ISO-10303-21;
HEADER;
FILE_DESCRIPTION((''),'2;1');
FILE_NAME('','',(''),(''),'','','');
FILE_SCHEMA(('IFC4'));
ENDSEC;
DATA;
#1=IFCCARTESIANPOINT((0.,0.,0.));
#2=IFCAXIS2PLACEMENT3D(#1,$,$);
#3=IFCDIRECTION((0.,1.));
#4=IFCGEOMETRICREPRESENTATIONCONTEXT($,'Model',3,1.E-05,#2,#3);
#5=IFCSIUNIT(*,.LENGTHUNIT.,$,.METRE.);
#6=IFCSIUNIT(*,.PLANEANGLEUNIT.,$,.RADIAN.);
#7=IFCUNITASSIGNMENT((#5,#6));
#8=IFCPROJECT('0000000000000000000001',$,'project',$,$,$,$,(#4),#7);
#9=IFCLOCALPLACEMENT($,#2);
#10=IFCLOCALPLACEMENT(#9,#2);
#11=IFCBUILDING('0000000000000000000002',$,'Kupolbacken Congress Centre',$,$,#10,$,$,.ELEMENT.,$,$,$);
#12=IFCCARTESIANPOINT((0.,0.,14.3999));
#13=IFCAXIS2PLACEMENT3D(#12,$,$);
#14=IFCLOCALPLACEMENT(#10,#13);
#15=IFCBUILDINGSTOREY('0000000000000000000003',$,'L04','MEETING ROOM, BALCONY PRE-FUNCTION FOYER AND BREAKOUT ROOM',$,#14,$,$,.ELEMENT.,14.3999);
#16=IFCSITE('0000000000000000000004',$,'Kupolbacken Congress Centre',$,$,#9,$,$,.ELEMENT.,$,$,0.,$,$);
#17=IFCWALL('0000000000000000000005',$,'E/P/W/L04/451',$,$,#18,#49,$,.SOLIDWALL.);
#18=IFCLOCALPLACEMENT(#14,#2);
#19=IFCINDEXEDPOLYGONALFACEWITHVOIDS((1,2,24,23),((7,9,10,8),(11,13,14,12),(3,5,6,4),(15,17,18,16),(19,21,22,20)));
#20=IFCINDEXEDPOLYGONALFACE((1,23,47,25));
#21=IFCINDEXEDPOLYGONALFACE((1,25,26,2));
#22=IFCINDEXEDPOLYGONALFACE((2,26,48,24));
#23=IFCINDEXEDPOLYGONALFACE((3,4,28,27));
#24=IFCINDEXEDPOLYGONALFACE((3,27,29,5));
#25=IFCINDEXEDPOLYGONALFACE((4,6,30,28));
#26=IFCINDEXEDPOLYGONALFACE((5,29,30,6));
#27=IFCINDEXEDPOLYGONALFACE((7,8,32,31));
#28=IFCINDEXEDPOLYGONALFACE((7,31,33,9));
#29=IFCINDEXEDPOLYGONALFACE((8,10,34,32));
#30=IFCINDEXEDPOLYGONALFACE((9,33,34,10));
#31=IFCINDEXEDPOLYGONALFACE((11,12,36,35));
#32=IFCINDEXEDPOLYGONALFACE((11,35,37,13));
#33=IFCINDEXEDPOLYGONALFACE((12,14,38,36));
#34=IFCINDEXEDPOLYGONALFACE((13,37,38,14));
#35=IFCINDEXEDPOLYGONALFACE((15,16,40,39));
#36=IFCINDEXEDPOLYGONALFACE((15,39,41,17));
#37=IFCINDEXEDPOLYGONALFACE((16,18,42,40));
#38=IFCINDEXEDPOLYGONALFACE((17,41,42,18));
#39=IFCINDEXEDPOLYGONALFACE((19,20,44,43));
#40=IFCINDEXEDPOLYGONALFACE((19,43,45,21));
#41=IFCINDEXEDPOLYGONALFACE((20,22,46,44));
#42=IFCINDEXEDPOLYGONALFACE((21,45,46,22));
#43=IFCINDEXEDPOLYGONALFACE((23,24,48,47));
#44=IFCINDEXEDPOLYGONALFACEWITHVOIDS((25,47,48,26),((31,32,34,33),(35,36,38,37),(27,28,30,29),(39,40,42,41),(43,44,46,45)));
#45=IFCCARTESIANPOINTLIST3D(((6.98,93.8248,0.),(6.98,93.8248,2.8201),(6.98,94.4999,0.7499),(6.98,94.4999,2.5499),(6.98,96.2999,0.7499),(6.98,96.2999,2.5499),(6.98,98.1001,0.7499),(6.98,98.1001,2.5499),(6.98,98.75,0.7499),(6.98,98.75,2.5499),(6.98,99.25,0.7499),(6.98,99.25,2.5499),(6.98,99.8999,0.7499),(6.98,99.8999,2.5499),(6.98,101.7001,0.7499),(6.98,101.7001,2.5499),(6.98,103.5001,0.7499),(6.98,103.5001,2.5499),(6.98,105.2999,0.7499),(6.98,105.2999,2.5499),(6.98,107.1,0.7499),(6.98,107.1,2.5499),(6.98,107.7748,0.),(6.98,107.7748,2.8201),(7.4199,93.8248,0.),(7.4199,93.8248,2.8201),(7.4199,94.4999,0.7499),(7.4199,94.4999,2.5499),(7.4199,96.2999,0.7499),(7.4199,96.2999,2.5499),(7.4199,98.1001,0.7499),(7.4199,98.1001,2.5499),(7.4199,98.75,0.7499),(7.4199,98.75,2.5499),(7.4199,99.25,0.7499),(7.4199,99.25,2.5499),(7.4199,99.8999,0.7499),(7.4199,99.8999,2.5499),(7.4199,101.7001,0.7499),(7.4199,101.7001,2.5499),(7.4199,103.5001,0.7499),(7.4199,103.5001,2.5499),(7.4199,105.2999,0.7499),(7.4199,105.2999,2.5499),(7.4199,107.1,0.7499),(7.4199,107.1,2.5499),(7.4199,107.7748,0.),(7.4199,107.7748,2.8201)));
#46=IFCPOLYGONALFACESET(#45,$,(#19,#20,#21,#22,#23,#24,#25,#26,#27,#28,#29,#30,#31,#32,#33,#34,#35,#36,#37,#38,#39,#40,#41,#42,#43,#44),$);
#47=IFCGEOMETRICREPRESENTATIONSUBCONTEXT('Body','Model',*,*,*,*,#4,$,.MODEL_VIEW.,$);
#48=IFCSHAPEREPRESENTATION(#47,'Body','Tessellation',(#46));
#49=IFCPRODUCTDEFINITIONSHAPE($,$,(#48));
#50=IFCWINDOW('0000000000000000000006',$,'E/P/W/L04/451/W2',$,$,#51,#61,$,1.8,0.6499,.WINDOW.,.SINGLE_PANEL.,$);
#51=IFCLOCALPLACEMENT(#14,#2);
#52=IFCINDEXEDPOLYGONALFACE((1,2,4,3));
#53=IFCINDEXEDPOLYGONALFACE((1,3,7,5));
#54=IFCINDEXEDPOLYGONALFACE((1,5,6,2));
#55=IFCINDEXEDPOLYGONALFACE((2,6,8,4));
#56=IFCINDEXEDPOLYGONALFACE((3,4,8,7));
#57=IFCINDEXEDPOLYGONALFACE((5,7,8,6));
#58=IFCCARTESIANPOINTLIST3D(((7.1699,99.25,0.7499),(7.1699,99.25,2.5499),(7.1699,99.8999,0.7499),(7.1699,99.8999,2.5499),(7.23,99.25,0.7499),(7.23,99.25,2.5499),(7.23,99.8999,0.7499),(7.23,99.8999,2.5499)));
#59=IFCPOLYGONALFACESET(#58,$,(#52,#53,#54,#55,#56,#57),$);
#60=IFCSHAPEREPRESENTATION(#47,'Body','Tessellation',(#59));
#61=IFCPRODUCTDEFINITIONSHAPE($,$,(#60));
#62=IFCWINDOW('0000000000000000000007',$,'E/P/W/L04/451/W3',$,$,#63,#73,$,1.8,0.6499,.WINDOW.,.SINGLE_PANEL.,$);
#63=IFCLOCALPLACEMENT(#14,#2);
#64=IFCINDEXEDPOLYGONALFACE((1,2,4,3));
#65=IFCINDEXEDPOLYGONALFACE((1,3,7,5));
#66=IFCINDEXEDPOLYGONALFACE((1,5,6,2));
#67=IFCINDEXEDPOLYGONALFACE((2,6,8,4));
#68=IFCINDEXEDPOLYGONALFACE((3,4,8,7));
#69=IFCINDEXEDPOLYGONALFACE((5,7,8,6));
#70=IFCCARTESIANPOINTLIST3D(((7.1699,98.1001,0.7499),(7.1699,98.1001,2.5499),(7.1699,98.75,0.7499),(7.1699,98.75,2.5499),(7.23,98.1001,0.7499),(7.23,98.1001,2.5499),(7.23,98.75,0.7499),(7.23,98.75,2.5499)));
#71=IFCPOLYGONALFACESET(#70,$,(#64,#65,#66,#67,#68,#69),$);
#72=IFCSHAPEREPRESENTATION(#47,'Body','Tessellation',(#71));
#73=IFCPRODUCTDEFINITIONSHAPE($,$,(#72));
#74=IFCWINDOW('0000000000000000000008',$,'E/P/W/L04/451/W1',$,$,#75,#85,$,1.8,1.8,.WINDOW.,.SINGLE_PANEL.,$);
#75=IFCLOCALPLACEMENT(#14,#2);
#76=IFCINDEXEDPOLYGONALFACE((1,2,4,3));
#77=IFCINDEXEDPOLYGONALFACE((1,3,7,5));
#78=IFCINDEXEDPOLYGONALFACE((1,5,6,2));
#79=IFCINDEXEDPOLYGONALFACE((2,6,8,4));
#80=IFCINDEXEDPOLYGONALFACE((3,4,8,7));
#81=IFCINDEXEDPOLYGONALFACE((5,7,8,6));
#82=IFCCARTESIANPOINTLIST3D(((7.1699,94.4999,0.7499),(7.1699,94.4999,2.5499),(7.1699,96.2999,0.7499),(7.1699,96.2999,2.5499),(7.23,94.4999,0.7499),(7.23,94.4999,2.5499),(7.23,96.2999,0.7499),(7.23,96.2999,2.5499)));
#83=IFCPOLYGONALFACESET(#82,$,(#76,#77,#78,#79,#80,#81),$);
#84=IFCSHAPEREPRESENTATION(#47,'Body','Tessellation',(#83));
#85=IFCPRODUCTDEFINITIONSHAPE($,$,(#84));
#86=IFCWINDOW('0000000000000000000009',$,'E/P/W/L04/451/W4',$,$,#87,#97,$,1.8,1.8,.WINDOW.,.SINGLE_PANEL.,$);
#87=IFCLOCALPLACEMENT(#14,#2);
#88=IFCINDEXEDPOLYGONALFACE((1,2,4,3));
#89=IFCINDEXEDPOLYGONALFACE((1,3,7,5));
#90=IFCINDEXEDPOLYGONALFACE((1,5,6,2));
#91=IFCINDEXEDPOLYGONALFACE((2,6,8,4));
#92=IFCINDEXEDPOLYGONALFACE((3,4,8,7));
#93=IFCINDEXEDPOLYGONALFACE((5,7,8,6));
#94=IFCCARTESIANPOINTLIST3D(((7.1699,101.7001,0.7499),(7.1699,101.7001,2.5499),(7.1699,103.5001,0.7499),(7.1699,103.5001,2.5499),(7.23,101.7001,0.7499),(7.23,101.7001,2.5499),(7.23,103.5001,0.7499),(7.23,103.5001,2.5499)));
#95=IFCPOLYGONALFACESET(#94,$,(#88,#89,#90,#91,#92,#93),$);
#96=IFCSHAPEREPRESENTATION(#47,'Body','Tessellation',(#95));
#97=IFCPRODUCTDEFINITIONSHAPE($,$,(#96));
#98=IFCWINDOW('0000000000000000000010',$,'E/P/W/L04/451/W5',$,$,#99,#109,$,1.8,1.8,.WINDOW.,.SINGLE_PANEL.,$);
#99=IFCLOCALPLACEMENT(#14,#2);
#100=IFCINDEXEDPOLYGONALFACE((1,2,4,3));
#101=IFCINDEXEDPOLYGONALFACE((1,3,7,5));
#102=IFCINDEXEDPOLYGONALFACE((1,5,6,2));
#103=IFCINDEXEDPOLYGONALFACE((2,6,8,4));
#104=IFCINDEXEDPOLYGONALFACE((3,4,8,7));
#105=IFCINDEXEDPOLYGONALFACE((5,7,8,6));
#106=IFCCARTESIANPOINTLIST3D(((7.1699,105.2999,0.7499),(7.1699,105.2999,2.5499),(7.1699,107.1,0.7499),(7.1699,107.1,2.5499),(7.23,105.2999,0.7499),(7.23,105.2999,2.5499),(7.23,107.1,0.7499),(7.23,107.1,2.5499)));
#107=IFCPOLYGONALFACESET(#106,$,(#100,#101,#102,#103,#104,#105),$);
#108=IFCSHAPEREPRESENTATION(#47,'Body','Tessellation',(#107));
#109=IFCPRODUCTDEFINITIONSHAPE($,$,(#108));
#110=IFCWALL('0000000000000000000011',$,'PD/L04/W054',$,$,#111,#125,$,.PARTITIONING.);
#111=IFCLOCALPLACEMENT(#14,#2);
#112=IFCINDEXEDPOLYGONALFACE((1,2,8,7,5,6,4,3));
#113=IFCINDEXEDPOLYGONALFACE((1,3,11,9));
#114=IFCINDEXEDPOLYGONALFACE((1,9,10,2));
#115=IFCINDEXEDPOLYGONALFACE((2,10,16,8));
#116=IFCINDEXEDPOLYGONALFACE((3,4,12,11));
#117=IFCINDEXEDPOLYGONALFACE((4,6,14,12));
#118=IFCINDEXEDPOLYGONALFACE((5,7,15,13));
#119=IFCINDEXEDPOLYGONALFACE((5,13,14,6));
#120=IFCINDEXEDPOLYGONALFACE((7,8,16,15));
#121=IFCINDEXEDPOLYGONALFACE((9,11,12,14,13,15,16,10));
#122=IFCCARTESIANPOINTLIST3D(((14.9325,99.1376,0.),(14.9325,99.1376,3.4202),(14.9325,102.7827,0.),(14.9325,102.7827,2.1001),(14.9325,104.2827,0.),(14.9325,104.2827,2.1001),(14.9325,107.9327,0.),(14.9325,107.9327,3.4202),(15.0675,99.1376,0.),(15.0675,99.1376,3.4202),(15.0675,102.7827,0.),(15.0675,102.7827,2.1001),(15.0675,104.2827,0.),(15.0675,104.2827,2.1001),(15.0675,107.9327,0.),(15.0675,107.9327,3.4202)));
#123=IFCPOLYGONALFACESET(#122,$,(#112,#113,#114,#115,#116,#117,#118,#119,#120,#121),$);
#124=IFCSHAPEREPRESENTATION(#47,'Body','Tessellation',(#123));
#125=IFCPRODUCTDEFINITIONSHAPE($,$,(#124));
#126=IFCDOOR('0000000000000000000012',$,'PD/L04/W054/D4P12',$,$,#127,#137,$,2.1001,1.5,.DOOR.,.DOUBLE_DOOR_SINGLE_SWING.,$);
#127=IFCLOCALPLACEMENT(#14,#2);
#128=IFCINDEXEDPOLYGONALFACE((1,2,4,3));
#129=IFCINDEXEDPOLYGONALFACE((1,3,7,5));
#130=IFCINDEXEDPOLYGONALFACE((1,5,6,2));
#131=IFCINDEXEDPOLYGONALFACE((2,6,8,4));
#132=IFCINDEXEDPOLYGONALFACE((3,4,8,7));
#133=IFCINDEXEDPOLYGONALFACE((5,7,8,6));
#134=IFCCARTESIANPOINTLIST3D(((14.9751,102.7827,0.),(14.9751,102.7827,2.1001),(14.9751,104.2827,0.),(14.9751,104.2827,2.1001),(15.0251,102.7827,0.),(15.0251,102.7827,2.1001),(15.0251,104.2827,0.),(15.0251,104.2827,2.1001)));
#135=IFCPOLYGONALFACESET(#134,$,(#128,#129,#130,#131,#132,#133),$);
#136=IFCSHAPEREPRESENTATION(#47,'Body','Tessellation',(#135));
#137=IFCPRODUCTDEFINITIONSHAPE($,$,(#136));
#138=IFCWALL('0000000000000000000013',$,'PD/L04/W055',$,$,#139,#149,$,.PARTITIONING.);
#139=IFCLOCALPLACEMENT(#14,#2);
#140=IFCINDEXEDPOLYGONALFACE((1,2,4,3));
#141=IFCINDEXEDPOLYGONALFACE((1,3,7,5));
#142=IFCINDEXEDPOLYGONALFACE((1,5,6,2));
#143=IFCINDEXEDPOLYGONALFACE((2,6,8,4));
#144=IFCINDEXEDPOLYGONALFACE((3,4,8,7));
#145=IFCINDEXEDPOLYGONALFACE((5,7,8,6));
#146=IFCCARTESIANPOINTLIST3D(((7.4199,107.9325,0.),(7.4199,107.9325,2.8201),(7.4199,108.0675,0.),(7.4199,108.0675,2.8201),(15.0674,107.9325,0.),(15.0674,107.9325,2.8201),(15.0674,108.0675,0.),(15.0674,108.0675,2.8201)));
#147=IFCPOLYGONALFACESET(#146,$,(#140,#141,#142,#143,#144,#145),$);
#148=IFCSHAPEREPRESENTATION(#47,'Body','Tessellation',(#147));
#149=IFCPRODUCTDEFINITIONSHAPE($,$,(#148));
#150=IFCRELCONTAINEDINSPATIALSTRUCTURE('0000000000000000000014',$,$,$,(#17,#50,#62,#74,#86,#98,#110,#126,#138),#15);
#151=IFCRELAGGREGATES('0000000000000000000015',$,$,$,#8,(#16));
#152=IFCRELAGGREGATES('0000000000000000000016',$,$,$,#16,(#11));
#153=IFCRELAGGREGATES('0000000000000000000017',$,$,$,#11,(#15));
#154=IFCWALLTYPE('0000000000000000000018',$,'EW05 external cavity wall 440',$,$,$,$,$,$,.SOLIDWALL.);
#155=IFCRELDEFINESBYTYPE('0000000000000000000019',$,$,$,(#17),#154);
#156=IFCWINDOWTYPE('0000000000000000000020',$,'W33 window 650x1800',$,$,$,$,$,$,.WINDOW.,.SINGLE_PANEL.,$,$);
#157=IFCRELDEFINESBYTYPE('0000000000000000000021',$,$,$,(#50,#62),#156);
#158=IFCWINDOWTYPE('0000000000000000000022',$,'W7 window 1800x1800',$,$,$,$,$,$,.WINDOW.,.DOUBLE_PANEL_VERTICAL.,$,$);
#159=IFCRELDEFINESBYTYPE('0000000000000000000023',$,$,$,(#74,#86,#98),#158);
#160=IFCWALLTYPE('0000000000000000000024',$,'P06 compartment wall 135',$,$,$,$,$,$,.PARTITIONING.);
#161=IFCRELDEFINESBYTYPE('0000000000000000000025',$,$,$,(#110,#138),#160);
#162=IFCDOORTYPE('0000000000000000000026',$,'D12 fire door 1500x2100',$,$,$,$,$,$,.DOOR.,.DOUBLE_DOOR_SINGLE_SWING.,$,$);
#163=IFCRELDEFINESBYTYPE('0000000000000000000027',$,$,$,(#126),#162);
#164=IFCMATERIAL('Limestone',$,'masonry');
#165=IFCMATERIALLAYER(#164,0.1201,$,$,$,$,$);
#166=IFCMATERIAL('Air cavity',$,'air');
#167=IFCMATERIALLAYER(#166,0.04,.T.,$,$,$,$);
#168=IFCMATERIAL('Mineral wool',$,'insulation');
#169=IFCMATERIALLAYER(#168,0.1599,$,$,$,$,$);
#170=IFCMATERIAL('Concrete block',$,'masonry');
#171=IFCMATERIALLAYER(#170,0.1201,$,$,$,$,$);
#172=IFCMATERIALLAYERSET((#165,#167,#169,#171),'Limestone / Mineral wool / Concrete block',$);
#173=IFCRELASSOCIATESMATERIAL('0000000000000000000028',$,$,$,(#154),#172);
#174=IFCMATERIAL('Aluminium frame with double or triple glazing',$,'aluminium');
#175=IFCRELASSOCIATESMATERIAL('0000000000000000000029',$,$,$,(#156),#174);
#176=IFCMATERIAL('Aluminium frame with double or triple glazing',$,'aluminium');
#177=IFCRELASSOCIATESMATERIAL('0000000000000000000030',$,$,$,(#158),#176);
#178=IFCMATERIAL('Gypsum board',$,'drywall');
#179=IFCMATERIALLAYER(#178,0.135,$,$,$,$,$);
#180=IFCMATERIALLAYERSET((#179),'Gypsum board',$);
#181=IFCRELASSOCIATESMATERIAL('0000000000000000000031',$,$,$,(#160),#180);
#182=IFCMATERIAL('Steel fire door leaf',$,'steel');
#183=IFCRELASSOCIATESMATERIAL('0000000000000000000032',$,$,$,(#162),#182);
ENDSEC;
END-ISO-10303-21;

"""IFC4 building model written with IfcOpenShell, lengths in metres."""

from ifc_helpers import new_model, si_unit, direction, frame, frame_2d, origin, place, context, subcontext, project, spatial, rectangle, extrude, material, layer, layer_set, type_object, element, fill, save


model = new_model("IFC4")

# Units and contexts
model_context = context("Model", 3, precision=1e-05, world=origin(), true_north=direction((0.0, 1.0)))
body_context = subcontext(model_context, "Body", "Model", "MODEL_VIEW")
ifc_project = project(units=[si_unit("LENGTHUNIT", "METRE"), si_unit("PLANEANGLEUNIT", "RADIAN")], contexts=[model_context])

# Site, building, storey
site_placement = place(None, origin())
site = spatial("IfcSite", under=ifc_project, at=site_placement, Name="Kupolbacken Congress Centre", CompositionType="ELEMENT", RefElevation=0.0)
building_placement = place(site_placement, origin())
building = spatial("IfcBuilding", under=site, at=building_placement, Name="Kupolbacken Congress Centre", CompositionType="ELEMENT")
storey_placement = place(building_placement, frame((0.0, 0.0, 14.3999)))
storey = spatial("IfcBuildingStorey", under=building, at=storey_placement, Name="L04", Description="MEETING ROOM, BALCONY PRE-FUNCTION FOYER AND BREAKOUT ROOM", CompositionType="ELEMENT", Elevation=14.3999)

# Wall, openings, windows
ifc_material_1 = material(Name="Limestone", Category="masonry")
ifc_layer_1 = layer(ifc_material_1, 0.1201)
ifc_material_2 = material(Name="Air cavity", Category="air")
ifc_layer_2 = layer(ifc_material_2, 0.04, ventilated=True)
ifc_material_3 = material(Name="Mineral wool", Category="insulation")
ifc_layer_3 = layer(ifc_material_3, 0.1599)
ifc_material_4 = material(Name="Concrete block", Category="masonry")
ifc_layer_4 = layer(ifc_material_4, 0.1201)
ifc_layer_set_1 = layer_set([ifc_layer_1, ifc_layer_2, ifc_layer_3, ifc_layer_4], Name="Limestone / Mineral wool / Concrete block")
wall_type_1 = type_object("IfcWallType", Name="EW05 external cavity wall 440", PredefinedType="SOLIDWALL", material=ifc_layer_set_1)
wall_1_placement = place(storey_placement, frame((7.2, 107.7749, 0.0), z_axis=(0.0, 0.0, 1.0), x_axis=(0.0, -1.0, 0.0)))
wall_1 = element("IfcWall", 1, at=wall_1_placement, inside=storey, type_object=wall_type_1, Name="E/P/W/L04/451", PredefinedType="SOLIDWALL", context=body_context, shape_type="SweptSolid", body=[
    extrude(rectangle(XDim=13.95, YDim=0.4399, at=frame_2d((6.9751, 0.0))), origin(), (0.0, 0.0, 1.0), 2.8201),
])
opening_1_placement = place(wall_1_placement, frame((11.4751, 0.0, 0.75)))
opening_1 = element("IfcOpeningElement", 2, at=opening_1_placement, cuts=wall_1, PredefinedType="OPENING", context=body_context, shape_type="SweptSolid", body=[
    extrude(rectangle(XDim=1.8, YDim=1.8, at=frame_2d((0.8999, 0.8999))), frame((0.0, 0.23, 0.0), z_axis=(0.0, -1.0, 0.0), x_axis=(1.0, 0.0, 0.0)), (0.0, 0.0, 1.0), 0.46),
])
opening_2_placement = place(wall_1_placement, frame((7.875, 0.0, 0.75)))
opening_2 = element("IfcOpeningElement", 3, at=opening_2_placement, cuts=wall_1, PredefinedType="OPENING", context=body_context, shape_type="SweptSolid", body=[
    extrude(rectangle(XDim=0.6499, YDim=1.8, at=frame_2d((0.325, 0.8999))), frame((0.0, 0.23, 0.0), z_axis=(0.0, -1.0, 0.0), x_axis=(1.0, 0.0, 0.0)), (0.0, 0.0, 1.0), 0.46),
])
opening_3_placement = place(wall_1_placement, frame((9.0249, 0.0, 0.75)))
opening_3 = element("IfcOpeningElement", 4, at=opening_3_placement, cuts=wall_1, PredefinedType="OPENING", context=body_context, shape_type="SweptSolid", body=[
    extrude(rectangle(XDim=0.6499, YDim=1.8, at=frame_2d((0.325, 0.8999))), frame((0.0, 0.23, 0.0), z_axis=(0.0, -1.0, 0.0), x_axis=(1.0, 0.0, 0.0)), (0.0, 0.0, 1.0), 0.46),
])
opening_4_placement = place(wall_1_placement, frame((4.2749, 0.0, 0.75)))
opening_4 = element("IfcOpeningElement", 5, at=opening_4_placement, cuts=wall_1, PredefinedType="OPENING", context=body_context, shape_type="SweptSolid", body=[
    extrude(rectangle(XDim=1.8, YDim=1.8, at=frame_2d((0.8999, 0.8999))), frame((0.0, 0.23, 0.0), z_axis=(0.0, -1.0, 0.0), x_axis=(1.0, 0.0, 0.0)), (0.0, 0.0, 1.0), 0.46),
])
opening_5_placement = place(wall_1_placement, frame((0.675, 0.0, 0.75)))
opening_5 = element("IfcOpeningElement", 6, at=opening_5_placement, cuts=wall_1, PredefinedType="OPENING", context=body_context, shape_type="SweptSolid", body=[
    extrude(rectangle(XDim=1.8, YDim=1.8, at=frame_2d((0.8999, 0.8999))), frame((0.0, 0.23, 0.0), z_axis=(0.0, -1.0, 0.0), x_axis=(1.0, 0.0, 0.0)), (0.0, 0.0, 1.0), 0.46),
])
ifc_material_5 = material(Name="Aluminium frame with double or triple glazing", Category="aluminium")
window_type_1 = type_object("IfcWindowType", Name="W33 window 650x1800", PartitioningType="SINGLE_PANEL", PredefinedType="WINDOW", material=ifc_material_5)
window_1_placement = place(opening_2_placement, origin())
window_1 = element("IfcWindow", 7, at=window_1_placement, inside=storey, type_object=window_type_1, Name="E/P/W/L04/451/W2", OverallHeight=1.8, OverallWidth=0.6499, PartitioningType="SINGLE_PANEL", PredefinedType="WINDOW", context=body_context, shape_type="SweptSolid", body=[
    extrude(rectangle(XDim=0.6499, YDim=1.8, at=frame_2d((0.325, 0.8999))), frame((0.0, 0.03, 0.0), z_axis=(0.0, -1.0, 0.0), x_axis=(1.0, 0.0, 0.0)), (0.0, 0.0, 1.0), 0.0601),
])
fill(opening_2, window_1)
window_2_placement = place(opening_3_placement, origin())
window_2 = element("IfcWindow", 8, at=window_2_placement, inside=storey, type_object=window_type_1, Name="E/P/W/L04/451/W3", OverallHeight=1.8, OverallWidth=0.6499, PartitioningType="SINGLE_PANEL", PredefinedType="WINDOW", context=body_context, shape_type="SweptSolid", body=[
    extrude(rectangle(XDim=0.6499, YDim=1.8, at=frame_2d((0.325, 0.8999))), frame((0.0, 0.03, 0.0), z_axis=(0.0, -1.0, 0.0), x_axis=(1.0, 0.0, 0.0)), (0.0, 0.0, 1.0), 0.0601),
])
fill(opening_3, window_2)
ifc_material_6 = material(Name="Aluminium frame with double or triple glazing", Category="aluminium")
window_type_2 = type_object("IfcWindowType", Name="W7 window 1800x1800", PartitioningType="DOUBLE_PANEL_VERTICAL", PredefinedType="WINDOW", material=ifc_material_6)
window_3_placement = place(opening_1_placement, origin())
window_3 = element("IfcWindow", 9, at=window_3_placement, inside=storey, type_object=window_type_2, Name="E/P/W/L04/451/W1", OverallHeight=1.8, OverallWidth=1.8, PartitioningType="SINGLE_PANEL", PredefinedType="WINDOW", context=body_context, shape_type="SweptSolid", body=[
    extrude(rectangle(XDim=1.8, YDim=1.8, at=frame_2d((0.8999, 0.8999))), frame((0.0, 0.03, 0.0), z_axis=(0.0, -1.0, 0.0), x_axis=(1.0, 0.0, 0.0)), (0.0, 0.0, 1.0), 0.0601),
])
fill(opening_1, window_3)
window_4_placement = place(opening_4_placement, origin())
window_4 = element("IfcWindow", 10, at=window_4_placement, inside=storey, type_object=window_type_2, Name="E/P/W/L04/451/W4", OverallHeight=1.8, OverallWidth=1.8, PartitioningType="SINGLE_PANEL", PredefinedType="WINDOW", context=body_context, shape_type="SweptSolid", body=[
    extrude(rectangle(XDim=1.8, YDim=1.8, at=frame_2d((0.8999, 0.8999))), frame((0.0, 0.03, 0.0), z_axis=(0.0, -1.0, 0.0), x_axis=(1.0, 0.0, 0.0)), (0.0, 0.0, 1.0), 0.0601),
])
fill(opening_4, window_4)
window_5_placement = place(opening_5_placement, origin())
window_5 = element("IfcWindow", 11, at=window_5_placement, inside=storey, type_object=window_type_2, Name="E/P/W/L04/451/W5", OverallHeight=1.8, OverallWidth=1.8, PartitioningType="SINGLE_PANEL", PredefinedType="WINDOW", context=body_context, shape_type="SweptSolid", body=[
    extrude(rectangle(XDim=1.8, YDim=1.8, at=frame_2d((0.8999, 0.8999))), frame((0.0, 0.03, 0.0), z_axis=(0.0, -1.0, 0.0), x_axis=(1.0, 0.0, 0.0)), (0.0, 0.0, 1.0), 0.0601),
])
fill(opening_5, window_5)

# Wall, opening, door
ifc_material_7 = material(Name="Gypsum board", Category="drywall")
ifc_layer_5 = layer(ifc_material_7, 0.135)
ifc_layer_set_2 = layer_set([ifc_layer_5], Name="Gypsum board")
wall_type_2 = type_object("IfcWallType", Name="P06 compartment wall 135", PredefinedType="PARTITIONING", material=ifc_layer_set_2)
wall_2_placement = place(storey_placement, frame((15.0, 107.9326, 0.0), z_axis=(0.0, 0.0, 1.0), x_axis=(0.0, -1.0, 0.0)))
wall_2 = element("IfcWall", 12, at=wall_2_placement, inside=storey, type_object=wall_type_2, Name="PD/L04/W054", PredefinedType="PARTITIONING", context=body_context, shape_type="SweptSolid", body=[
    extrude(rectangle(XDim=8.7952, YDim=0.135, at=frame_2d((4.3975, 0.0))), origin(), (0.0, 0.0, 1.0), 3.4202),
])
opening_6_placement = place(wall_2_placement, frame((3.6499, 0.0, 0.0)))
opening_6 = element("IfcOpeningElement", 13, at=opening_6_placement, cuts=wall_2, PredefinedType="OPENING", context=body_context, shape_type="SweptSolid", body=[
    extrude(rectangle(XDim=1.5, YDim=2.1001, at=frame_2d((0.75, 1.05))), frame((0.0, 0.0774, 0.0), z_axis=(0.0, -1.0, 0.0), x_axis=(1.0, 0.0, 0.0)), (0.0, 0.0, 1.0), 0.155),
])
ifc_material_8 = material(Name="Steel fire door leaf", Category="steel")
door_type_1 = type_object("IfcDoorType", Name="D12 fire door 1500x2100", OperationType="DOUBLE_DOOR_SINGLE_SWING", PredefinedType="DOOR", material=ifc_material_8)
door_1_placement = place(opening_6_placement, frame((1.5, 0.0, 0.0), z_axis=(0.0, 0.0, 1.0), x_axis=(-1.0, 0.0, 0.0)))
door_1 = element("IfcDoor", 14, at=door_1_placement, inside=storey, type_object=door_type_1, Name="PD/L04/W054/D4P12", OperationType="DOUBLE_DOOR_SINGLE_SWING", OverallHeight=2.1001, OverallWidth=1.5, PredefinedType="DOOR", context=body_context, shape_type="SweptSolid", body=[
    extrude(rectangle(XDim=1.5, YDim=2.1001, at=frame_2d((0.75, 1.05))), frame((0.0, 0.0249, 0.0), z_axis=(0.0, -1.0, 0.0), x_axis=(1.0, 0.0, 0.0)), (0.0, 0.0, 1.0), 0.05),
])
fill(opening_6, door_1)

# Wall
wall_3_placement = place(storey_placement, frame((7.4199, 108.0, 0.0), z_axis=(0.0, 0.0, 1.0), x_axis=(1.0, 0.0, 0.0)))
element("IfcWall", 15, at=wall_3_placement, inside=storey, type_object=wall_type_2, Name="PD/L04/W055", PredefinedType="PARTITIONING", context=body_context, shape_type="SweptSolid", body=[
    extrude(rectangle(XDim=7.6475, YDim=0.135, at=frame_2d((3.8237, 0.0))), origin(), (0.0, 0.0, 1.0), 2.8201),
])

save(model, "model.ifc")
